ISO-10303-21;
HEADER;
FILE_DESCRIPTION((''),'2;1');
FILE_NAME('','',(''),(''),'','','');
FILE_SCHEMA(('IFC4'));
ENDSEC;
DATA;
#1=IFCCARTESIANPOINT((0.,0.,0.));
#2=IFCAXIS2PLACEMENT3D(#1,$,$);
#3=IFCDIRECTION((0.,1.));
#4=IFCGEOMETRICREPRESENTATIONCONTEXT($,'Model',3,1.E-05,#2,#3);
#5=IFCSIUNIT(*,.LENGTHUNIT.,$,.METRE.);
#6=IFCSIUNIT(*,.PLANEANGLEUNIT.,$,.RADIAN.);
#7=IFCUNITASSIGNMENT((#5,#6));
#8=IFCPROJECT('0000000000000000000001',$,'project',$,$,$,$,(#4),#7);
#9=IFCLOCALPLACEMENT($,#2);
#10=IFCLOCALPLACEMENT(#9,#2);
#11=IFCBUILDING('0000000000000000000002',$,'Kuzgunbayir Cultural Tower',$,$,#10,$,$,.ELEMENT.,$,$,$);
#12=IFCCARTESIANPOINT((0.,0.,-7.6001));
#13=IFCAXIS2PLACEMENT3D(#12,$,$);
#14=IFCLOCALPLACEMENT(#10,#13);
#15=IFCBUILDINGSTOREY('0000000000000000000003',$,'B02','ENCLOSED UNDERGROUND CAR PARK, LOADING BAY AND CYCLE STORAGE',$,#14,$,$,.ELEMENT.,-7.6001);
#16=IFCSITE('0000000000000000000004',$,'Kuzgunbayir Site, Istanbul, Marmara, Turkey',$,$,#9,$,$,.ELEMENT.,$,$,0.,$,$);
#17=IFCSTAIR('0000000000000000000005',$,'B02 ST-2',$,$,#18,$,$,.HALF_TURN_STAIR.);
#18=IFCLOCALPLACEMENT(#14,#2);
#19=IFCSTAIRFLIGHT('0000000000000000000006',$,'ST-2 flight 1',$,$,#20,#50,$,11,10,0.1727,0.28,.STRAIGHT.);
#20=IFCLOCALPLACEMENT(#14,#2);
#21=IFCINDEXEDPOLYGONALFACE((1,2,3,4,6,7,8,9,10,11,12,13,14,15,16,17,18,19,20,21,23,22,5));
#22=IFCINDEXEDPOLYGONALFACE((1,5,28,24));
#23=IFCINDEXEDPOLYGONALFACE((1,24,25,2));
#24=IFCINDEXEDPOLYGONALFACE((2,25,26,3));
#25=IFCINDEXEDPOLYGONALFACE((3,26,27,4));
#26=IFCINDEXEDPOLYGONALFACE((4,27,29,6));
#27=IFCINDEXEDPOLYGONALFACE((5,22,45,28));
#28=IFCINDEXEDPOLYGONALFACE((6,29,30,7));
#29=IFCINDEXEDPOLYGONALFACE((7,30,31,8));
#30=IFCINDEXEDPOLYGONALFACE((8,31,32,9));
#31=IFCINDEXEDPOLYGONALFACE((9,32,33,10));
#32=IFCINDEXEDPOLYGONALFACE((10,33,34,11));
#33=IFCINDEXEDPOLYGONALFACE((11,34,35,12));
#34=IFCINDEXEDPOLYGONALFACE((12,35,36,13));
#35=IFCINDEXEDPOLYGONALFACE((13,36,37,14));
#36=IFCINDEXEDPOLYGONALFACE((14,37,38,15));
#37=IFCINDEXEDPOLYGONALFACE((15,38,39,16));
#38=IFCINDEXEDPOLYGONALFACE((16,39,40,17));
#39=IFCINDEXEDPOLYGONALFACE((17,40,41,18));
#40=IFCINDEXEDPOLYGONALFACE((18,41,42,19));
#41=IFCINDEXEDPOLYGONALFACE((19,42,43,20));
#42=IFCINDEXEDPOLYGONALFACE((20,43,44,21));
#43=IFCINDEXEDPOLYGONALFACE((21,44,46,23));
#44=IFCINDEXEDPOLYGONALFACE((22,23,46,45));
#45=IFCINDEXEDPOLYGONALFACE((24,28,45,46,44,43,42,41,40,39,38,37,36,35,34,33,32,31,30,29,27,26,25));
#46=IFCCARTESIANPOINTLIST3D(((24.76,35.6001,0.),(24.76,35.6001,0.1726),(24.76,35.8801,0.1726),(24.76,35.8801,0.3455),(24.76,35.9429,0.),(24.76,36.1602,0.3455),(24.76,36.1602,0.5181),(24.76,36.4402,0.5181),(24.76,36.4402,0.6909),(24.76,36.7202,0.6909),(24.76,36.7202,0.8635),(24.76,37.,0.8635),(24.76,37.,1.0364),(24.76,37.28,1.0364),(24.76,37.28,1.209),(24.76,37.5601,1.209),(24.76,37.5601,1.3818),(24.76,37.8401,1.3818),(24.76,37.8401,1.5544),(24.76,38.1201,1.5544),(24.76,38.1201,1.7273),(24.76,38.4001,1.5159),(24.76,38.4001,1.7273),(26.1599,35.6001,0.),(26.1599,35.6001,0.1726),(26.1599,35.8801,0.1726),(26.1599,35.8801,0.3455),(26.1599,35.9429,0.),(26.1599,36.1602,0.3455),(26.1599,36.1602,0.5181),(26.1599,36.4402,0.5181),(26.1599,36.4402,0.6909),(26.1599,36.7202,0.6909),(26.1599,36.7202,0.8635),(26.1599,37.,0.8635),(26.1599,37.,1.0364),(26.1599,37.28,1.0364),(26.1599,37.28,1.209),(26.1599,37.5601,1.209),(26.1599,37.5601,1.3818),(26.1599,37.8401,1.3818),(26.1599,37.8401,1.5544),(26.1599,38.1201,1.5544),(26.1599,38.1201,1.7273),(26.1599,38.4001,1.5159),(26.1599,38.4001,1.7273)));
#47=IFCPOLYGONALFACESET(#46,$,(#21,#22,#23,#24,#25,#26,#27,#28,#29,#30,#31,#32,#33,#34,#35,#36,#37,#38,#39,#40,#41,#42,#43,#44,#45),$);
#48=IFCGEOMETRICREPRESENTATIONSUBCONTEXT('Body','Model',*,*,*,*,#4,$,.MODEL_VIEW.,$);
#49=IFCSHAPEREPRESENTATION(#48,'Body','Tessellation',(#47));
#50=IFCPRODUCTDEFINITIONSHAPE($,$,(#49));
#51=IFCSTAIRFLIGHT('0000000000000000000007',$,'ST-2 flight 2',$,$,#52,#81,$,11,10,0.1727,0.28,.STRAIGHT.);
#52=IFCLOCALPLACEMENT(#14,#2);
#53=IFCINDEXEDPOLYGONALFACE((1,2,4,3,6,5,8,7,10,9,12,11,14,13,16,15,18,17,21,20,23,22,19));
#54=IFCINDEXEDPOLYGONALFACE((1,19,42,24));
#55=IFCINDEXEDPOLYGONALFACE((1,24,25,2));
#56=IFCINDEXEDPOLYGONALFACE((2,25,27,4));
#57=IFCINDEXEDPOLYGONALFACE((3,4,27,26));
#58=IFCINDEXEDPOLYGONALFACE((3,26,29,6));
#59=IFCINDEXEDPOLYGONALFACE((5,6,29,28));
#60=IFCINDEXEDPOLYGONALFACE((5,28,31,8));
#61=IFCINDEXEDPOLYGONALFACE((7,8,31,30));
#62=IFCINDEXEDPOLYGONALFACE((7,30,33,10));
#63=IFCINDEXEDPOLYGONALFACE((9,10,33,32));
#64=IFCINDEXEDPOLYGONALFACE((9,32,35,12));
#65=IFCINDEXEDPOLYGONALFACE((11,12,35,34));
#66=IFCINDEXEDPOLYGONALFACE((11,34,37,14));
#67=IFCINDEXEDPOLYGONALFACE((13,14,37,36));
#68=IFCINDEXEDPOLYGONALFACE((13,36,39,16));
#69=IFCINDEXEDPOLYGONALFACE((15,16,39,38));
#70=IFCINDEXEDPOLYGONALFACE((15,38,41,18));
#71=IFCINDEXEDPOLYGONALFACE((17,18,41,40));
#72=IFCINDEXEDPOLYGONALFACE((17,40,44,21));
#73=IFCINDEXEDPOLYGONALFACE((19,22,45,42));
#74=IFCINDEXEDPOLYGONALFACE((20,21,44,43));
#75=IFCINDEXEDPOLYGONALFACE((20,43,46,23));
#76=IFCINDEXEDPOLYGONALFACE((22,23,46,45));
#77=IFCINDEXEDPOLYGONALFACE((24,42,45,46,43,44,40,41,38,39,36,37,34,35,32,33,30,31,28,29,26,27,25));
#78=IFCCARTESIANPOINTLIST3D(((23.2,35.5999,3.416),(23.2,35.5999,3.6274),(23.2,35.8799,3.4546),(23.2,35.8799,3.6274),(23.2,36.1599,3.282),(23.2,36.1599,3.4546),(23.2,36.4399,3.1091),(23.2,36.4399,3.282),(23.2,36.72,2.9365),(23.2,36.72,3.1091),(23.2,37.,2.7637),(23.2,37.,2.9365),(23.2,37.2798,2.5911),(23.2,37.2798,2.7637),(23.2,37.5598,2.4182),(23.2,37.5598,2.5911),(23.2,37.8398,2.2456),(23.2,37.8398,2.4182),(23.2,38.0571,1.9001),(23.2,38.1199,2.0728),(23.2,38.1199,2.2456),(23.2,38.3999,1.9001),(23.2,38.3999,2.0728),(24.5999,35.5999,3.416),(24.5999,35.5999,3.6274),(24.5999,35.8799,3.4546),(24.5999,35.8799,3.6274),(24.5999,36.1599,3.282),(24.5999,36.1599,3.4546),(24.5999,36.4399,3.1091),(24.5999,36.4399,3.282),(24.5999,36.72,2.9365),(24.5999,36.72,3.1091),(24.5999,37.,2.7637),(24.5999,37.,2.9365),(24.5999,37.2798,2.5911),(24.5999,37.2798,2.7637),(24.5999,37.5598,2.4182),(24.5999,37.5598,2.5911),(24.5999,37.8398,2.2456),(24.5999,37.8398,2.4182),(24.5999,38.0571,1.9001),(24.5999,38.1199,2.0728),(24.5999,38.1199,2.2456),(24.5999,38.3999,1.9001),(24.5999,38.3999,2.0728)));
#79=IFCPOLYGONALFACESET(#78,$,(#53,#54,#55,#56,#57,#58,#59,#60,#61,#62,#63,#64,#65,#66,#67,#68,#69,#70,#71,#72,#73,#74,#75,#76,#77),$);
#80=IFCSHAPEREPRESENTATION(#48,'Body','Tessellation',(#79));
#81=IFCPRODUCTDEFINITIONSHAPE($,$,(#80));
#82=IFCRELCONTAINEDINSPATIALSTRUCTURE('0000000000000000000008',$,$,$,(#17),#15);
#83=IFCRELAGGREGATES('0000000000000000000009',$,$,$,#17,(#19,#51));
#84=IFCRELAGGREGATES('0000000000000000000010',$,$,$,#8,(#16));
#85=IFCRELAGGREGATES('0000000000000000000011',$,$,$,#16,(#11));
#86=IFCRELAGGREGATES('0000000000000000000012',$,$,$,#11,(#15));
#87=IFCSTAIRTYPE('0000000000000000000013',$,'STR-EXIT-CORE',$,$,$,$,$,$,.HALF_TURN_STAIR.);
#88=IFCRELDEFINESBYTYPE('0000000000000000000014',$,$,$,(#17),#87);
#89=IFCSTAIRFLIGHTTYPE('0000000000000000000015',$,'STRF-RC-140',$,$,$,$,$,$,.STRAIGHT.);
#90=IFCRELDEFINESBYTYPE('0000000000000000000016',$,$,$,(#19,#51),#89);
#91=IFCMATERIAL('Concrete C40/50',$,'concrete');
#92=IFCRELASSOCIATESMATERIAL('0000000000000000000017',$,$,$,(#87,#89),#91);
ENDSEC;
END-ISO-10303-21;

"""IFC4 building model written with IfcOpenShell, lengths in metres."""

from ifc_helpers import new_model, si_unit, direction, frame, origin, place, context, subcontext, project, spatial, polyline, outline, extrude, material, type_object, element, aggregate, save


model = new_model("IFC4")

# Units and contexts
model_context = context("Model", 3, precision=1e-05, world=origin(), true_north=direction((0.0, 1.0)))
body_context = subcontext(model_context, "Body", "Model", "MODEL_VIEW")
ifc_project = project(units=[si_unit("LENGTHUNIT", "METRE"), si_unit("PLANEANGLEUNIT", "RADIAN")], contexts=[model_context])

# Site, building, storey
site_placement = place(None, origin())
site = spatial("IfcSite", under=ifc_project, at=site_placement, Name="Kuzgunbayir Site, Istanbul, Marmara, Turkey", CompositionType="ELEMENT", RefElevation=0.0)
building_placement = place(site_placement, origin())
building = spatial("IfcBuilding", under=site, at=building_placement, Name="Kuzgunbayir Cultural Tower", CompositionType="ELEMENT")
storey_placement = place(building_placement, frame((0.0, 0.0, -7.6001)))
storey = spatial("IfcBuildingStorey", under=building, at=storey_placement, Name="B02", Description="ENCLOSED UNDERGROUND CAR PARK, LOADING BAY AND CYCLE STORAGE", CompositionType="ELEMENT", Elevation=-7.6001)

# Shared definitions
ifc_material_1 = material(Name="Concrete C40/50", Category="concrete")

# Stair, stair flights
stair_type = type_object("IfcStairType", Name="STR-EXIT-CORE", PredefinedType="HALF_TURN_STAIR", material=ifc_material_1)
stair_placement = place(storey_placement, origin())
stair = element("IfcStair", 1, at=stair_placement, inside=storey, type_object=stair_type, Name="B02 ST-2", PredefinedType="HALF_TURN_STAIR")
stair_flight_type = type_object("IfcStairFlightType", Name="STRF-RC-140", PredefinedType="STRAIGHT", material=ifc_material_1)
stair_flight_1_placement = place(storey_placement, frame((25.46, 35.6001, 0.0), z_axis=(0.0, 0.0, 1.0), x_axis=(0.0, 1.0, 0.0)))
stair_flight_1 = element("IfcStairFlight", 2, at=stair_flight_1_placement, type_object=stair_flight_type, Name="ST-2 flight 1", NumberOfRisers=11, NumberOfTreads=10, PredefinedType="STRAIGHT", RiserHeight=0.1727, TreadLength=0.28, context=body_context, shape_type="SweptSolid", body=[
    extrude(outline(polyline([(0.0, 0.0), (0.0, 0.1726), (0.28, 0.1726), (0.28, 0.3455), (0.5601, 0.3455), (0.5601, 0.5181), (0.8401, 0.5181), (0.8401, 0.6909), (1.1201, 0.6909), (1.1201, 0.8635), (1.3999, 0.8635), (1.3999, 1.0364), (1.6799, 1.0364), (1.6799, 1.209), (1.96, 1.209), (1.96, 1.3818), (2.24, 1.3818), (2.24, 1.5544), (2.52, 1.5544), (2.52, 1.7273), (2.8, 1.7273), (2.8, 1.8999), (2.8, 1.5159), (0.3428, 0.0), (0.0, 0.0)])), frame((0.0, 0.7, 0.0), z_axis=(0.0, -1.0, 0.0), x_axis=(1.0, 0.0, 0.0)), (0.0, 0.0, 1.0), 1.3999),
])
stair_flight_2_placement = place(storey_placement, frame((23.8999, 38.3999, 1.9001), z_axis=(0.0, 0.0, 1.0), x_axis=(0.0, -1.0, 0.0)))
stair_flight_2 = element("IfcStairFlight", 3, at=stair_flight_2_placement, type_object=stair_flight_type, Name="ST-2 flight 2", NumberOfRisers=11, NumberOfTreads=10, PredefinedType="STRAIGHT", RiserHeight=0.1727, TreadLength=0.28, context=body_context, shape_type="SweptSolid", body=[
    extrude(outline(polyline([(0.0, 0.0), (0.0, 0.1726), (0.28, 0.1726), (0.28, 0.3455), (0.5601, 0.3455), (0.5601, 0.5181), (0.8401, 0.5181), (0.8401, 0.6909), (1.1201, 0.6909), (1.1201, 0.8635), (1.3999, 0.8635), (1.3999, 1.0364), (1.6799, 1.0364), (1.6799, 1.209), (1.96, 1.209), (1.96, 1.3818), (2.24, 1.3818), (2.24, 1.5544), (2.52, 1.5544), (2.52, 1.7273), (2.8, 1.7273), (2.8, 1.8999), (2.8, 1.5159), (0.3428, 0.0), (0.0, 0.0)])), frame((0.0, 0.7, 0.0), z_axis=(0.0, -1.0, 0.0), x_axis=(1.0, 0.0, 0.0)), (0.0, 0.0, 1.0), 1.3999),
])
aggregate(stair, [stair_flight_1, stair_flight_2])

save(model, "model.ifc")
